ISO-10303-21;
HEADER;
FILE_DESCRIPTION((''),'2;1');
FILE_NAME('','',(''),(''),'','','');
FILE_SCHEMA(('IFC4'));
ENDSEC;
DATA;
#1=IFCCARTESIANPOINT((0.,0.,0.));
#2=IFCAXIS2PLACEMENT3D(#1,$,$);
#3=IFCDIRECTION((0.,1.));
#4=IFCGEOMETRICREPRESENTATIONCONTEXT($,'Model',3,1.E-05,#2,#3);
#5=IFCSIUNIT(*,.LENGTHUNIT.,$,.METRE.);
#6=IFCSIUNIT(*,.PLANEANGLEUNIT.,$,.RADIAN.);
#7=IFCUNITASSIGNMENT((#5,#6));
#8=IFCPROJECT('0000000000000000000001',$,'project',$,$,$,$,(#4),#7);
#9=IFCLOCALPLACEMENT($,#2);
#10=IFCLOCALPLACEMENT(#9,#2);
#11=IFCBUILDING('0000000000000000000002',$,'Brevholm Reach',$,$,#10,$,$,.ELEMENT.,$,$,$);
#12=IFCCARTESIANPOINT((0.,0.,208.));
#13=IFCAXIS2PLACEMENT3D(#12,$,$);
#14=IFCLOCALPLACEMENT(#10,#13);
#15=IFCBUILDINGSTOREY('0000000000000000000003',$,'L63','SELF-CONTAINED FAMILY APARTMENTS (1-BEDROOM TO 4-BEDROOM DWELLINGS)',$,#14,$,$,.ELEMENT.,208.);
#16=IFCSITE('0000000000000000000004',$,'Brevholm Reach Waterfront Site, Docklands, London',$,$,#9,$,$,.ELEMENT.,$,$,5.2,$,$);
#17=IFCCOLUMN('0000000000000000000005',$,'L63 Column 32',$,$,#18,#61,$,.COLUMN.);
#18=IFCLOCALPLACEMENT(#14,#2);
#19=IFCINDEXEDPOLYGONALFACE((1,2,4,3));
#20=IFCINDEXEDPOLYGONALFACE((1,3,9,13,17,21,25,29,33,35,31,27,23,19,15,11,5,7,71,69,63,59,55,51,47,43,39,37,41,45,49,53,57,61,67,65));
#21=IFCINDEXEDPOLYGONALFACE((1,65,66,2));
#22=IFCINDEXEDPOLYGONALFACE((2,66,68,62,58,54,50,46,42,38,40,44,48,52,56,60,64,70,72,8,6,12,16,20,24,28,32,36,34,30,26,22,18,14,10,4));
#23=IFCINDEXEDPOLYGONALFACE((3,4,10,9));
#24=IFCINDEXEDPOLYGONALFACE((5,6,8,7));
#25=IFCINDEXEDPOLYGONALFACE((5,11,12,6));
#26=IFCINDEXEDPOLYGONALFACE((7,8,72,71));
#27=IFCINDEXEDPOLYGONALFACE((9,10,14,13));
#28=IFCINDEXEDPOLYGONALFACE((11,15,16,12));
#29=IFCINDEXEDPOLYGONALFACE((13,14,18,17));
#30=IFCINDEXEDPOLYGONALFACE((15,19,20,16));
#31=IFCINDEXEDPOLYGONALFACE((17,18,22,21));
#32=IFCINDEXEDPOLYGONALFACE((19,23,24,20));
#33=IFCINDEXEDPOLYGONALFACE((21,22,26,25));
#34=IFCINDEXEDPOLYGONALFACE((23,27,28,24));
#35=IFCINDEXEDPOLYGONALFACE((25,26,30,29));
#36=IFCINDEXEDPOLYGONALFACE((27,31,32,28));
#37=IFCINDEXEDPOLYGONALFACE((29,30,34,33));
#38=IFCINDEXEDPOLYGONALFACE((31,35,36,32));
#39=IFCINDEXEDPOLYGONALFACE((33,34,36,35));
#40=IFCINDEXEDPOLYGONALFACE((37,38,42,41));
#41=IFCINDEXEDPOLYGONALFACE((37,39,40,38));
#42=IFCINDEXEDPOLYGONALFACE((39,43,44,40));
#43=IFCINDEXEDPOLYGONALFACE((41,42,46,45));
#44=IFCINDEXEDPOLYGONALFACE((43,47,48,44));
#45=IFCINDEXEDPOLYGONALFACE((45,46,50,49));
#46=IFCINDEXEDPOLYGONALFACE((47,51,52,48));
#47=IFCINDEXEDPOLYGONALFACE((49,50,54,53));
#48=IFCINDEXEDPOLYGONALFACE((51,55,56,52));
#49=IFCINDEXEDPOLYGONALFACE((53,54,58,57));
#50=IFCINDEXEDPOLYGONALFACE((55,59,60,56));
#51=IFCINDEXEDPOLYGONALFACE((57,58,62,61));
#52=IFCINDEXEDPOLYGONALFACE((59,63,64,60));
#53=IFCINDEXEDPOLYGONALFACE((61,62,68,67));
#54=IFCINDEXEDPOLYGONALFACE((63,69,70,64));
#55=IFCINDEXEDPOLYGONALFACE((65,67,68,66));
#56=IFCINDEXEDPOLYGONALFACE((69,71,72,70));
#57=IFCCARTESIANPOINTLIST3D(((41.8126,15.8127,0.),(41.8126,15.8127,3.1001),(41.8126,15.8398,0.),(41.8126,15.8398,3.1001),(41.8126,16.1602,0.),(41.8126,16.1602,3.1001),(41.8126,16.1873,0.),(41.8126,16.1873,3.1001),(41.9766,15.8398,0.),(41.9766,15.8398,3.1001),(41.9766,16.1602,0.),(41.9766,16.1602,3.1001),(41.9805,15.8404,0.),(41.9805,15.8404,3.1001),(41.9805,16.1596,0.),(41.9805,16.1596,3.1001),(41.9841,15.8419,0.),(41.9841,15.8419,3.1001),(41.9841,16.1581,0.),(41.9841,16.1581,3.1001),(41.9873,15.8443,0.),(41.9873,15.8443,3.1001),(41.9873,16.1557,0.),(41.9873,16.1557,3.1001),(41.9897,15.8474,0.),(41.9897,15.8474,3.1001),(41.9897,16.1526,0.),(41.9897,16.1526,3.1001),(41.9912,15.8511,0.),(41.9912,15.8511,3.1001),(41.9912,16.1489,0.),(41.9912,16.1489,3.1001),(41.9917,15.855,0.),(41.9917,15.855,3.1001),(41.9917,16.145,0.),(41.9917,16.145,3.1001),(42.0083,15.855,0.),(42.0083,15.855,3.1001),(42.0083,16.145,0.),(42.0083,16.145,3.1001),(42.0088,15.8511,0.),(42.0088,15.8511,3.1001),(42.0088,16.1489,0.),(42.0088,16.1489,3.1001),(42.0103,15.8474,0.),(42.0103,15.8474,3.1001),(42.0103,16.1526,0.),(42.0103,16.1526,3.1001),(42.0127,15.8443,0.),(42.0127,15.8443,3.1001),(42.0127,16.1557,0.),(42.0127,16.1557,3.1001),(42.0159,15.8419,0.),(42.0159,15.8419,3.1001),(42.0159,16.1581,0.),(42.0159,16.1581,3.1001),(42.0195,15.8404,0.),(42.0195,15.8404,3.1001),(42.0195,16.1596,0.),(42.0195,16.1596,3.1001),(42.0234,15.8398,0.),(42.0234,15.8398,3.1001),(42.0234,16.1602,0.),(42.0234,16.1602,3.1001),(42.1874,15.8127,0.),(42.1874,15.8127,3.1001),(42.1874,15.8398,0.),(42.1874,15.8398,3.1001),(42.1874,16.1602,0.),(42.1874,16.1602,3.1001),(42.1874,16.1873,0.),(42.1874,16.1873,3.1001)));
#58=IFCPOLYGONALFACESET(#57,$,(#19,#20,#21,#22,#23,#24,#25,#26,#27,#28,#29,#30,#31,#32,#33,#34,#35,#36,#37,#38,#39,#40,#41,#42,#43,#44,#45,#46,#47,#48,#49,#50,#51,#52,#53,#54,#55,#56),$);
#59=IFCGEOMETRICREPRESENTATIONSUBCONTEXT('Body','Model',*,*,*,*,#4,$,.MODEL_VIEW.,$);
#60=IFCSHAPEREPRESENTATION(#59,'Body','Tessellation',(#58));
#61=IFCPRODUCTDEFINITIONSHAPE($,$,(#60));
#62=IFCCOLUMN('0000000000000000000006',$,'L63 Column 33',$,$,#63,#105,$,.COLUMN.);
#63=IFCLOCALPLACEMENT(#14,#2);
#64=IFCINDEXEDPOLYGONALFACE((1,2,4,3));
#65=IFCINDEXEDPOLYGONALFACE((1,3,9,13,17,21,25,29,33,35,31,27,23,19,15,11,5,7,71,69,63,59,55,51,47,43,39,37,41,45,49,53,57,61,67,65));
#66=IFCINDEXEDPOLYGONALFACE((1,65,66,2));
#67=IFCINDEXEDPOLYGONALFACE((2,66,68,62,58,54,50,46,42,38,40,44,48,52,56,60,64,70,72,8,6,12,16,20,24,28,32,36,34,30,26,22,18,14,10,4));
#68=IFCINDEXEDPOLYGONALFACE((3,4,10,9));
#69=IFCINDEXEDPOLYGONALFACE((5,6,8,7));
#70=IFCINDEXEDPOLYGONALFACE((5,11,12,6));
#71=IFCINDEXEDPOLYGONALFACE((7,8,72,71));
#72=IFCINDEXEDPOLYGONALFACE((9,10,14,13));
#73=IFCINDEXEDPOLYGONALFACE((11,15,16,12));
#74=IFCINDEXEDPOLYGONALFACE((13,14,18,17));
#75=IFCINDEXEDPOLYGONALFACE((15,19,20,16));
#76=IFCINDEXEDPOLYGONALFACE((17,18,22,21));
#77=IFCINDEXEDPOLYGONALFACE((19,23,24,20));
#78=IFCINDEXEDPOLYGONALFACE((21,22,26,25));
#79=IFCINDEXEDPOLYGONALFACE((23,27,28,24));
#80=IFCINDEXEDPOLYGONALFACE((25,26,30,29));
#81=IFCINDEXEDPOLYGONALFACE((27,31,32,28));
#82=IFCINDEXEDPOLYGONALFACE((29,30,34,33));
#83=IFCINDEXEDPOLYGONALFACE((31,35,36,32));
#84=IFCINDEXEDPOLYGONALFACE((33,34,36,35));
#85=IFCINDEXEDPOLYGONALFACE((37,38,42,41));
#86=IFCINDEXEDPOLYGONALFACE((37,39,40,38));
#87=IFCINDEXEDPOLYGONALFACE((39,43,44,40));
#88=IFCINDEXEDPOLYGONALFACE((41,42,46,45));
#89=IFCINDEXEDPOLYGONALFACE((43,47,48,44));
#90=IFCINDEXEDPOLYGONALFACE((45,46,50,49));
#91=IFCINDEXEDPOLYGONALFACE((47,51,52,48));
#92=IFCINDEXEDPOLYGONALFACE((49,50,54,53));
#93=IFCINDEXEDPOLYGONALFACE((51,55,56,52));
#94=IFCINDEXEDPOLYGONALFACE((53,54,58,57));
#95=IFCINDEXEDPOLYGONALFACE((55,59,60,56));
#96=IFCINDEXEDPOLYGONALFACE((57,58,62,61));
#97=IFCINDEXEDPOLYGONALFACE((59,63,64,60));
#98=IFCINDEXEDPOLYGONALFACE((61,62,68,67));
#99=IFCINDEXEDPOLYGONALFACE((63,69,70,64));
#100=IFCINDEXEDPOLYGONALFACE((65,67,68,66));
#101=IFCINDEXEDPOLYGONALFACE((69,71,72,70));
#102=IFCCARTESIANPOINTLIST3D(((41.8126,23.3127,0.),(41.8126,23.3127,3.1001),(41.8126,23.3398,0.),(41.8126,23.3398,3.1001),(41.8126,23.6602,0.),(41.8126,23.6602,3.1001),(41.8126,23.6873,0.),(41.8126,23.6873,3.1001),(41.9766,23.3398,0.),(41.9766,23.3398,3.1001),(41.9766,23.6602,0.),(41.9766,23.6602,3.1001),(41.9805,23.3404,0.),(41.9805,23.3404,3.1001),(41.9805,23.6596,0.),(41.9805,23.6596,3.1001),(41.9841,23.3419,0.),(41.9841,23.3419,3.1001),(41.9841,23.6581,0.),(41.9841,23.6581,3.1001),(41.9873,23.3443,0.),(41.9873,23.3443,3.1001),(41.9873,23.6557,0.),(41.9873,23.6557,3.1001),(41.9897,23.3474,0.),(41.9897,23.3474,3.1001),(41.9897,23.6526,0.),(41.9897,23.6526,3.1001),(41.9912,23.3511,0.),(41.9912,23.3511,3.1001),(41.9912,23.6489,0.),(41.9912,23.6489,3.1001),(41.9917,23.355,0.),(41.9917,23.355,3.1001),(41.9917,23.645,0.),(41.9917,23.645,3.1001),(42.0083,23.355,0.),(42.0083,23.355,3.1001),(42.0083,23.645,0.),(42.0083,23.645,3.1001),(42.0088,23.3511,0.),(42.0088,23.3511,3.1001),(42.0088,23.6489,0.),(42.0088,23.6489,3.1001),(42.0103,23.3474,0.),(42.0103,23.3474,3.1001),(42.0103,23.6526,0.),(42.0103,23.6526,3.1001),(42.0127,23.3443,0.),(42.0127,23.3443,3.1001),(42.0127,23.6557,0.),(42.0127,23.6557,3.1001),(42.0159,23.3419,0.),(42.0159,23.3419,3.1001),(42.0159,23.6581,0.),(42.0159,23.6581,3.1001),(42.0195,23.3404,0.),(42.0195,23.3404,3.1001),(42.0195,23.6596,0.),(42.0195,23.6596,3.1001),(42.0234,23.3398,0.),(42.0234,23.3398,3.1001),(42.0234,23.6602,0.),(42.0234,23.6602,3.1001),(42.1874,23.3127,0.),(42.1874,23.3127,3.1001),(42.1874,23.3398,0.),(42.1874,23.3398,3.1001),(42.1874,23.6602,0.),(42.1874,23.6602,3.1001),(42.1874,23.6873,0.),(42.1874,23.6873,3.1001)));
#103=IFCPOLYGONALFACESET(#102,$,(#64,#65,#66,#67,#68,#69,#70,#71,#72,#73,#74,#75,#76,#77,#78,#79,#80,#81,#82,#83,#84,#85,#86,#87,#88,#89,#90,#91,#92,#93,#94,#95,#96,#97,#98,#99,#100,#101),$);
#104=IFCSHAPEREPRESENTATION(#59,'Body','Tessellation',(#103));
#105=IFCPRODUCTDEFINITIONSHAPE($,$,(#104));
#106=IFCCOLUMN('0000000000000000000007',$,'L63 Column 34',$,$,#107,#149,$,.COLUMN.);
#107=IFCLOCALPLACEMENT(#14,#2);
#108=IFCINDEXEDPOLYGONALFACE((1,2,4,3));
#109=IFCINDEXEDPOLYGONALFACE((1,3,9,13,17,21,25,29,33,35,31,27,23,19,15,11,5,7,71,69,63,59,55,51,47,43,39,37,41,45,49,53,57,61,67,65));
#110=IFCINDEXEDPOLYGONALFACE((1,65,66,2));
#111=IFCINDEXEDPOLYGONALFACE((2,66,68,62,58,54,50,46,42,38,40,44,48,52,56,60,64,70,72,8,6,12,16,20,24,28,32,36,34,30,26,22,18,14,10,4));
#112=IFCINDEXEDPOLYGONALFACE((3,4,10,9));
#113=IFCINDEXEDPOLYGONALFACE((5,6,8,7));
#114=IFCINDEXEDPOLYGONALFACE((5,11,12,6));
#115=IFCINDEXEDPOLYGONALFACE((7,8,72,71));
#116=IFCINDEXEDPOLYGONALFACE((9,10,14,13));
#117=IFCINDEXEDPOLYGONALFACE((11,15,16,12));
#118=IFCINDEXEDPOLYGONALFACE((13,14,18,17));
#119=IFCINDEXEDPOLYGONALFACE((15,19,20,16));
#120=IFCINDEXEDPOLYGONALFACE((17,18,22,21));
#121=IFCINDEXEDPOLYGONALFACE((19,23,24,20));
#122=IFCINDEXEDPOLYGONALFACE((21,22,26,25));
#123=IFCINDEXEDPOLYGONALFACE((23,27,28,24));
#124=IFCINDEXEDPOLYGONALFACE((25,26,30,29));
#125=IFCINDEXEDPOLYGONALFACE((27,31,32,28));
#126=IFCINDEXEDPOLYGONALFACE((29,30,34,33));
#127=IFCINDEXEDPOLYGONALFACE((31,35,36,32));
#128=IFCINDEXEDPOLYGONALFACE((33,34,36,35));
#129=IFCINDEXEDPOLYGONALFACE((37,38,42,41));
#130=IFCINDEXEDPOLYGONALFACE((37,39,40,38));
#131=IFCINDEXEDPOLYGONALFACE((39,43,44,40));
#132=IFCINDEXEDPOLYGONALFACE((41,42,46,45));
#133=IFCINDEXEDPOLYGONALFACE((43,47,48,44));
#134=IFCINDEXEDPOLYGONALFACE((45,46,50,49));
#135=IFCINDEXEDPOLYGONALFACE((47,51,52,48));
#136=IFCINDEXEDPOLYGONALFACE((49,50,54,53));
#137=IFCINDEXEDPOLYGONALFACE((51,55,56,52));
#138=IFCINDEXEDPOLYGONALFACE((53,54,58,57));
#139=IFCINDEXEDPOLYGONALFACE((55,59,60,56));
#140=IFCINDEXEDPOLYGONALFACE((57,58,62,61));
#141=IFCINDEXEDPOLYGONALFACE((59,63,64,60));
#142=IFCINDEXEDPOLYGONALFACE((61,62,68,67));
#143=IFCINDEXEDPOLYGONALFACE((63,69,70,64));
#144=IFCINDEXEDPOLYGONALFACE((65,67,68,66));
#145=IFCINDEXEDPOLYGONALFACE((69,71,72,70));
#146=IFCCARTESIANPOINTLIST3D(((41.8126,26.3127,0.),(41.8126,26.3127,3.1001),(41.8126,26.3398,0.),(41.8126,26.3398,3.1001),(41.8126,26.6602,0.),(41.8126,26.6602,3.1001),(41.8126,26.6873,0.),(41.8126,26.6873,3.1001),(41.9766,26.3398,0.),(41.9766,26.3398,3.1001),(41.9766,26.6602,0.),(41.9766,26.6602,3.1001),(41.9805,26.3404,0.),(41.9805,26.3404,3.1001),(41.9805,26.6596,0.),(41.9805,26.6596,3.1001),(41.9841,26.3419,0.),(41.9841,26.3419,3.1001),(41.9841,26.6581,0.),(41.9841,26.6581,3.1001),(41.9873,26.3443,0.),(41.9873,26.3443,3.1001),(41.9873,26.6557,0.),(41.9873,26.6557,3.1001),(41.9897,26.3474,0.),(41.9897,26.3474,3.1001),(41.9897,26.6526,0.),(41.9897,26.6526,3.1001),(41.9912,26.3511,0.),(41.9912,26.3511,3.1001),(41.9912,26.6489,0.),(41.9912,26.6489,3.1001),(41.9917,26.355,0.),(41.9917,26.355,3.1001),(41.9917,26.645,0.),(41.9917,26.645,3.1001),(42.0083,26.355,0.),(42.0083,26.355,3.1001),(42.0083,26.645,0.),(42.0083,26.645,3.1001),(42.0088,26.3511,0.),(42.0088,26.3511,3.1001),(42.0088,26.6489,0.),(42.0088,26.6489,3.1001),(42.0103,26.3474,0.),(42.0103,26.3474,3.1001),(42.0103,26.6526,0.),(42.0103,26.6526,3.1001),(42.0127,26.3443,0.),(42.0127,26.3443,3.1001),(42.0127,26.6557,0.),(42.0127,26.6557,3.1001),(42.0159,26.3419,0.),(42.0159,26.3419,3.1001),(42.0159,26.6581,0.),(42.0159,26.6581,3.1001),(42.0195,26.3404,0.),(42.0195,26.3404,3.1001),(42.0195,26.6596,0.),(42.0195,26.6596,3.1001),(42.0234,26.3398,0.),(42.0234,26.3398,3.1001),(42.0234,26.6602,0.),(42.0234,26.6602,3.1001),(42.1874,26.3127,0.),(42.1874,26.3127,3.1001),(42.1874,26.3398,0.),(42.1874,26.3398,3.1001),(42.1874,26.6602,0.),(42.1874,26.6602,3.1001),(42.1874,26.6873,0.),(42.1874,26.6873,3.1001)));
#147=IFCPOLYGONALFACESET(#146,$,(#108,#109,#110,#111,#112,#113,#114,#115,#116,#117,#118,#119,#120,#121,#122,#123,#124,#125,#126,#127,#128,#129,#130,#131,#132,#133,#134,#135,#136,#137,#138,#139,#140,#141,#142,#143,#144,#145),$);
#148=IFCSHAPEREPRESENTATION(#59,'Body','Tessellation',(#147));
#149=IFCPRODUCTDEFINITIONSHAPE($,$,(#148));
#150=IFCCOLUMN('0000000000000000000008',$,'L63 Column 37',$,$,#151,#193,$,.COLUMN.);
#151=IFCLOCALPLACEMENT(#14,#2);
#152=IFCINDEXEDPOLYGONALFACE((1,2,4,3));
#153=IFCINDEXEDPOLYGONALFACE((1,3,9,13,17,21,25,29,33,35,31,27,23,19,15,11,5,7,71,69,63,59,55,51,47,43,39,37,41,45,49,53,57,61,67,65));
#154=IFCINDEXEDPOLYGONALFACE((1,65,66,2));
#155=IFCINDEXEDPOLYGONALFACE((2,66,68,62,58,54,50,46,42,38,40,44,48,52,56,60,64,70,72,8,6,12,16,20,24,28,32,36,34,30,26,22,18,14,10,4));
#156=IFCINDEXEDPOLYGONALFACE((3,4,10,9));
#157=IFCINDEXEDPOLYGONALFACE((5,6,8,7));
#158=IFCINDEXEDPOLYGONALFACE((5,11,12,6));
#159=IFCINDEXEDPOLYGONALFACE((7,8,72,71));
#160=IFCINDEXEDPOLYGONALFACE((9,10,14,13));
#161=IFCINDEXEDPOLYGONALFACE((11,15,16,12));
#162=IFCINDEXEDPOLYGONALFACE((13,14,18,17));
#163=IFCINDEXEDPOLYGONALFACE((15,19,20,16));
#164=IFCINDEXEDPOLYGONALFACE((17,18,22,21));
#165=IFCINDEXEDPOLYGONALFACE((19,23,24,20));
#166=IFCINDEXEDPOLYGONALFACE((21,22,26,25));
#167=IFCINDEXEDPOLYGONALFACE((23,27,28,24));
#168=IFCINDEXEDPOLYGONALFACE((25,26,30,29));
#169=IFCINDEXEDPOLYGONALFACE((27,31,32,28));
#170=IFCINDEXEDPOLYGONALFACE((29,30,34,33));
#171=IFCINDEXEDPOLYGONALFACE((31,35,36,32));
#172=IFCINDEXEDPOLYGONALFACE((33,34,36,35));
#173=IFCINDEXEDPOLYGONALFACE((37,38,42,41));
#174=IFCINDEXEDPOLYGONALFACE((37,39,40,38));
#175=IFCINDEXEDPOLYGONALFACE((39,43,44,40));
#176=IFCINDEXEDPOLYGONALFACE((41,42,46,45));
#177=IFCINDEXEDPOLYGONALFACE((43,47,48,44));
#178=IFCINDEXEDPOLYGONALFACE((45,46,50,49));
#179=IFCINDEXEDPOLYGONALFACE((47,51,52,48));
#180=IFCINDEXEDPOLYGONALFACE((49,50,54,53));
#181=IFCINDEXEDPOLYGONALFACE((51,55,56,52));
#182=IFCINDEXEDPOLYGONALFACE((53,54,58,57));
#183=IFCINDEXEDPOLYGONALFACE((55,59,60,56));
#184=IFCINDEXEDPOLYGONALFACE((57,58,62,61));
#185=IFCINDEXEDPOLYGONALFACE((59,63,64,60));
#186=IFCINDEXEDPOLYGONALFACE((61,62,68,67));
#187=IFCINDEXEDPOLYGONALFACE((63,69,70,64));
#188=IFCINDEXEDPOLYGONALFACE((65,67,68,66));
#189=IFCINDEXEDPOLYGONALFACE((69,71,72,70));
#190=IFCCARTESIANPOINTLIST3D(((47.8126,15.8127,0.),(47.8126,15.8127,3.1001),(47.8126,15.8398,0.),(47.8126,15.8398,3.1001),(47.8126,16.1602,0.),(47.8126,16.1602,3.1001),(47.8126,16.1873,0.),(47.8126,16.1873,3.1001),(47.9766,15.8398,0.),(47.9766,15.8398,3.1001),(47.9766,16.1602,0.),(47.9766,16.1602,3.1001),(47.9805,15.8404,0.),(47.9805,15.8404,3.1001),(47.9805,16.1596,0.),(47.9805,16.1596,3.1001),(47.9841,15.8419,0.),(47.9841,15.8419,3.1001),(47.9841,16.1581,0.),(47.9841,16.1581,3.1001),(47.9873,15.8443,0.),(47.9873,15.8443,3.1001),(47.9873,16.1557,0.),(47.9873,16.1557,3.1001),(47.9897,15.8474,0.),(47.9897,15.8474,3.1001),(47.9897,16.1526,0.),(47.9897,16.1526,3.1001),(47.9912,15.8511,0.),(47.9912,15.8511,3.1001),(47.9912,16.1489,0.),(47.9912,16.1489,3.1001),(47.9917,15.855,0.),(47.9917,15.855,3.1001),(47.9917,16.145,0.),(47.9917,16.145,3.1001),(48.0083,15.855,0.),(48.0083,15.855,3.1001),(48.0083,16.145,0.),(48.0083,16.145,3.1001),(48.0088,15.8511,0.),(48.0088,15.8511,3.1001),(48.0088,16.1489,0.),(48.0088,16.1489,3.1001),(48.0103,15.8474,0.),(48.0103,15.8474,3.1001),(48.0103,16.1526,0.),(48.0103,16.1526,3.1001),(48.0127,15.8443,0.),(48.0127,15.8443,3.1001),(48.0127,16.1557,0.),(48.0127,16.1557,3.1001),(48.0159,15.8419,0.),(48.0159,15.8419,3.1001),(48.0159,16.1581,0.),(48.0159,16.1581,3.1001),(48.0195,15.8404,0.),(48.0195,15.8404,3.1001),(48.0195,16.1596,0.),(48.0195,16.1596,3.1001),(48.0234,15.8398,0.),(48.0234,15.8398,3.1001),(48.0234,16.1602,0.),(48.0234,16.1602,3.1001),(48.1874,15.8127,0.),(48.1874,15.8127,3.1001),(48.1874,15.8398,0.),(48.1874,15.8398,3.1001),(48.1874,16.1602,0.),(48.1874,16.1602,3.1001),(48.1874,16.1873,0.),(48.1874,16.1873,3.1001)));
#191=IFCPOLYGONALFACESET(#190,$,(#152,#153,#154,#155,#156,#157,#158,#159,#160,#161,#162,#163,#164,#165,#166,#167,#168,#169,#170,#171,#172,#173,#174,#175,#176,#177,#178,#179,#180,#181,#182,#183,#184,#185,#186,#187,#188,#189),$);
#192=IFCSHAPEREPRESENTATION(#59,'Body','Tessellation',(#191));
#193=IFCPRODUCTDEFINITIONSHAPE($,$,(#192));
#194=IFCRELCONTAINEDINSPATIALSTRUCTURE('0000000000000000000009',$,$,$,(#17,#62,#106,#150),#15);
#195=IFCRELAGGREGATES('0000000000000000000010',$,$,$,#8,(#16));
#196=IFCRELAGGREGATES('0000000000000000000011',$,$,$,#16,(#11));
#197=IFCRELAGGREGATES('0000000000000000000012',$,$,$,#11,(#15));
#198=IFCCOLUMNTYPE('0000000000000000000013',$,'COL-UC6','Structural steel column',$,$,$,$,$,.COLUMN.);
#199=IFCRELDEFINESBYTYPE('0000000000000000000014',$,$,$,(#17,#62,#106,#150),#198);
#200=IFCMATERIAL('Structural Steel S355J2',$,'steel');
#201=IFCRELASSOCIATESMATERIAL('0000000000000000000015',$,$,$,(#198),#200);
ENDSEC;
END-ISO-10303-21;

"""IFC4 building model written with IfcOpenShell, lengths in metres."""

from ifc_helpers import new_model, si_unit, direction, frame, origin, origin_2d, place, context, subcontext, project, spatial, i_section, extrude, material, material_profile, profile_set, type_object, element, save


model = new_model("IFC4")

# Units and contexts
model_context = context("Model", 3, precision=1e-05, world=origin(), true_north=direction((0.0, 1.0)))
body_context = subcontext(model_context, "Body", "Model", "MODEL_VIEW")
ifc_project = project(units=[si_unit("LENGTHUNIT", "METRE"), si_unit("PLANEANGLEUNIT", "RADIAN")], contexts=[model_context])

# Site, building, storey
site_placement = place(None, origin())
site = spatial("IfcSite", under=ifc_project, at=site_placement, Name="Brevholm Reach Waterfront Site, Docklands, London", CompositionType="ELEMENT", RefElevation=5.2)
building_placement = place(site_placement, origin())
building = spatial("IfcBuilding", under=site, at=building_placement, Name="Brevholm Reach", CompositionType="ELEMENT")
storey_placement = place(building_placement, frame((0.0, 0.0, 208.0)))
storey = spatial("IfcBuildingStorey", under=building, at=storey_placement, Name="L63", Description="SELF-CONTAINED FAMILY APARTMENTS (1-BEDROOM TO 4-BEDROOM DWELLINGS)", CompositionType="ELEMENT", Elevation=208.0)

# Columns
ifc_material_1 = material(Name="Structural Steel S355J2", Category="steel")
ifc_material_profile_1 = material_profile(ifc_material_1, i_section(OverallWidth=0.3748, OverallDepth=0.3745, WebThickness=0.0166, FlangeThickness=0.0271, FilletRadius=0.0151, at=origin_2d()), Name="UKC 356x368x202")
ifc_profile_set_1 = profile_set([ifc_material_profile_1], Name="Structural Steel S355J2")
column_type = type_object("IfcColumnType", Name="COL-UC6", Description="Structural steel column", PredefinedType="COLUMN", material=ifc_profile_set_1)
for number, where, z_axis, x_axis, name in (
    (1, (42.0, 16.0, 0.0), (0.0, 0.0, 1.0), (1.0, 0.0, 0.0), "L63 Column 32"),
    (2, (42.0, 23.5, 0.0), (0.0, 0.0, 1.0), (1.0, 0.0, 0.0), "L63 Column 33"),
    (3, (42.0, 26.5, 0.0), (0.0, 0.0, 1.0), (1.0, 0.0, 0.0), "L63 Column 34"),
    (4, (48.0, 16.0, 0.0), (0.0, 0.0, 1.0), (1.0, 0.0, 0.0), "L63 Column 37"),
):
    element("IfcColumn", number, at=place(storey_placement, frame(where, z_axis=z_axis, x_axis=x_axis)), inside=storey, type_object=column_type, Name=name, PredefinedType="COLUMN", context=body_context, shape_type="SweptSolid", body=[
        extrude(i_section(OverallWidth=0.3748, OverallDepth=0.3745, WebThickness=0.0166, FlangeThickness=0.0271, FilletRadius=0.0151, at=origin_2d()), origin(), (0.0, 0.0, 1.0), 3.1001),
    ])

save(model, "model.ifc")
